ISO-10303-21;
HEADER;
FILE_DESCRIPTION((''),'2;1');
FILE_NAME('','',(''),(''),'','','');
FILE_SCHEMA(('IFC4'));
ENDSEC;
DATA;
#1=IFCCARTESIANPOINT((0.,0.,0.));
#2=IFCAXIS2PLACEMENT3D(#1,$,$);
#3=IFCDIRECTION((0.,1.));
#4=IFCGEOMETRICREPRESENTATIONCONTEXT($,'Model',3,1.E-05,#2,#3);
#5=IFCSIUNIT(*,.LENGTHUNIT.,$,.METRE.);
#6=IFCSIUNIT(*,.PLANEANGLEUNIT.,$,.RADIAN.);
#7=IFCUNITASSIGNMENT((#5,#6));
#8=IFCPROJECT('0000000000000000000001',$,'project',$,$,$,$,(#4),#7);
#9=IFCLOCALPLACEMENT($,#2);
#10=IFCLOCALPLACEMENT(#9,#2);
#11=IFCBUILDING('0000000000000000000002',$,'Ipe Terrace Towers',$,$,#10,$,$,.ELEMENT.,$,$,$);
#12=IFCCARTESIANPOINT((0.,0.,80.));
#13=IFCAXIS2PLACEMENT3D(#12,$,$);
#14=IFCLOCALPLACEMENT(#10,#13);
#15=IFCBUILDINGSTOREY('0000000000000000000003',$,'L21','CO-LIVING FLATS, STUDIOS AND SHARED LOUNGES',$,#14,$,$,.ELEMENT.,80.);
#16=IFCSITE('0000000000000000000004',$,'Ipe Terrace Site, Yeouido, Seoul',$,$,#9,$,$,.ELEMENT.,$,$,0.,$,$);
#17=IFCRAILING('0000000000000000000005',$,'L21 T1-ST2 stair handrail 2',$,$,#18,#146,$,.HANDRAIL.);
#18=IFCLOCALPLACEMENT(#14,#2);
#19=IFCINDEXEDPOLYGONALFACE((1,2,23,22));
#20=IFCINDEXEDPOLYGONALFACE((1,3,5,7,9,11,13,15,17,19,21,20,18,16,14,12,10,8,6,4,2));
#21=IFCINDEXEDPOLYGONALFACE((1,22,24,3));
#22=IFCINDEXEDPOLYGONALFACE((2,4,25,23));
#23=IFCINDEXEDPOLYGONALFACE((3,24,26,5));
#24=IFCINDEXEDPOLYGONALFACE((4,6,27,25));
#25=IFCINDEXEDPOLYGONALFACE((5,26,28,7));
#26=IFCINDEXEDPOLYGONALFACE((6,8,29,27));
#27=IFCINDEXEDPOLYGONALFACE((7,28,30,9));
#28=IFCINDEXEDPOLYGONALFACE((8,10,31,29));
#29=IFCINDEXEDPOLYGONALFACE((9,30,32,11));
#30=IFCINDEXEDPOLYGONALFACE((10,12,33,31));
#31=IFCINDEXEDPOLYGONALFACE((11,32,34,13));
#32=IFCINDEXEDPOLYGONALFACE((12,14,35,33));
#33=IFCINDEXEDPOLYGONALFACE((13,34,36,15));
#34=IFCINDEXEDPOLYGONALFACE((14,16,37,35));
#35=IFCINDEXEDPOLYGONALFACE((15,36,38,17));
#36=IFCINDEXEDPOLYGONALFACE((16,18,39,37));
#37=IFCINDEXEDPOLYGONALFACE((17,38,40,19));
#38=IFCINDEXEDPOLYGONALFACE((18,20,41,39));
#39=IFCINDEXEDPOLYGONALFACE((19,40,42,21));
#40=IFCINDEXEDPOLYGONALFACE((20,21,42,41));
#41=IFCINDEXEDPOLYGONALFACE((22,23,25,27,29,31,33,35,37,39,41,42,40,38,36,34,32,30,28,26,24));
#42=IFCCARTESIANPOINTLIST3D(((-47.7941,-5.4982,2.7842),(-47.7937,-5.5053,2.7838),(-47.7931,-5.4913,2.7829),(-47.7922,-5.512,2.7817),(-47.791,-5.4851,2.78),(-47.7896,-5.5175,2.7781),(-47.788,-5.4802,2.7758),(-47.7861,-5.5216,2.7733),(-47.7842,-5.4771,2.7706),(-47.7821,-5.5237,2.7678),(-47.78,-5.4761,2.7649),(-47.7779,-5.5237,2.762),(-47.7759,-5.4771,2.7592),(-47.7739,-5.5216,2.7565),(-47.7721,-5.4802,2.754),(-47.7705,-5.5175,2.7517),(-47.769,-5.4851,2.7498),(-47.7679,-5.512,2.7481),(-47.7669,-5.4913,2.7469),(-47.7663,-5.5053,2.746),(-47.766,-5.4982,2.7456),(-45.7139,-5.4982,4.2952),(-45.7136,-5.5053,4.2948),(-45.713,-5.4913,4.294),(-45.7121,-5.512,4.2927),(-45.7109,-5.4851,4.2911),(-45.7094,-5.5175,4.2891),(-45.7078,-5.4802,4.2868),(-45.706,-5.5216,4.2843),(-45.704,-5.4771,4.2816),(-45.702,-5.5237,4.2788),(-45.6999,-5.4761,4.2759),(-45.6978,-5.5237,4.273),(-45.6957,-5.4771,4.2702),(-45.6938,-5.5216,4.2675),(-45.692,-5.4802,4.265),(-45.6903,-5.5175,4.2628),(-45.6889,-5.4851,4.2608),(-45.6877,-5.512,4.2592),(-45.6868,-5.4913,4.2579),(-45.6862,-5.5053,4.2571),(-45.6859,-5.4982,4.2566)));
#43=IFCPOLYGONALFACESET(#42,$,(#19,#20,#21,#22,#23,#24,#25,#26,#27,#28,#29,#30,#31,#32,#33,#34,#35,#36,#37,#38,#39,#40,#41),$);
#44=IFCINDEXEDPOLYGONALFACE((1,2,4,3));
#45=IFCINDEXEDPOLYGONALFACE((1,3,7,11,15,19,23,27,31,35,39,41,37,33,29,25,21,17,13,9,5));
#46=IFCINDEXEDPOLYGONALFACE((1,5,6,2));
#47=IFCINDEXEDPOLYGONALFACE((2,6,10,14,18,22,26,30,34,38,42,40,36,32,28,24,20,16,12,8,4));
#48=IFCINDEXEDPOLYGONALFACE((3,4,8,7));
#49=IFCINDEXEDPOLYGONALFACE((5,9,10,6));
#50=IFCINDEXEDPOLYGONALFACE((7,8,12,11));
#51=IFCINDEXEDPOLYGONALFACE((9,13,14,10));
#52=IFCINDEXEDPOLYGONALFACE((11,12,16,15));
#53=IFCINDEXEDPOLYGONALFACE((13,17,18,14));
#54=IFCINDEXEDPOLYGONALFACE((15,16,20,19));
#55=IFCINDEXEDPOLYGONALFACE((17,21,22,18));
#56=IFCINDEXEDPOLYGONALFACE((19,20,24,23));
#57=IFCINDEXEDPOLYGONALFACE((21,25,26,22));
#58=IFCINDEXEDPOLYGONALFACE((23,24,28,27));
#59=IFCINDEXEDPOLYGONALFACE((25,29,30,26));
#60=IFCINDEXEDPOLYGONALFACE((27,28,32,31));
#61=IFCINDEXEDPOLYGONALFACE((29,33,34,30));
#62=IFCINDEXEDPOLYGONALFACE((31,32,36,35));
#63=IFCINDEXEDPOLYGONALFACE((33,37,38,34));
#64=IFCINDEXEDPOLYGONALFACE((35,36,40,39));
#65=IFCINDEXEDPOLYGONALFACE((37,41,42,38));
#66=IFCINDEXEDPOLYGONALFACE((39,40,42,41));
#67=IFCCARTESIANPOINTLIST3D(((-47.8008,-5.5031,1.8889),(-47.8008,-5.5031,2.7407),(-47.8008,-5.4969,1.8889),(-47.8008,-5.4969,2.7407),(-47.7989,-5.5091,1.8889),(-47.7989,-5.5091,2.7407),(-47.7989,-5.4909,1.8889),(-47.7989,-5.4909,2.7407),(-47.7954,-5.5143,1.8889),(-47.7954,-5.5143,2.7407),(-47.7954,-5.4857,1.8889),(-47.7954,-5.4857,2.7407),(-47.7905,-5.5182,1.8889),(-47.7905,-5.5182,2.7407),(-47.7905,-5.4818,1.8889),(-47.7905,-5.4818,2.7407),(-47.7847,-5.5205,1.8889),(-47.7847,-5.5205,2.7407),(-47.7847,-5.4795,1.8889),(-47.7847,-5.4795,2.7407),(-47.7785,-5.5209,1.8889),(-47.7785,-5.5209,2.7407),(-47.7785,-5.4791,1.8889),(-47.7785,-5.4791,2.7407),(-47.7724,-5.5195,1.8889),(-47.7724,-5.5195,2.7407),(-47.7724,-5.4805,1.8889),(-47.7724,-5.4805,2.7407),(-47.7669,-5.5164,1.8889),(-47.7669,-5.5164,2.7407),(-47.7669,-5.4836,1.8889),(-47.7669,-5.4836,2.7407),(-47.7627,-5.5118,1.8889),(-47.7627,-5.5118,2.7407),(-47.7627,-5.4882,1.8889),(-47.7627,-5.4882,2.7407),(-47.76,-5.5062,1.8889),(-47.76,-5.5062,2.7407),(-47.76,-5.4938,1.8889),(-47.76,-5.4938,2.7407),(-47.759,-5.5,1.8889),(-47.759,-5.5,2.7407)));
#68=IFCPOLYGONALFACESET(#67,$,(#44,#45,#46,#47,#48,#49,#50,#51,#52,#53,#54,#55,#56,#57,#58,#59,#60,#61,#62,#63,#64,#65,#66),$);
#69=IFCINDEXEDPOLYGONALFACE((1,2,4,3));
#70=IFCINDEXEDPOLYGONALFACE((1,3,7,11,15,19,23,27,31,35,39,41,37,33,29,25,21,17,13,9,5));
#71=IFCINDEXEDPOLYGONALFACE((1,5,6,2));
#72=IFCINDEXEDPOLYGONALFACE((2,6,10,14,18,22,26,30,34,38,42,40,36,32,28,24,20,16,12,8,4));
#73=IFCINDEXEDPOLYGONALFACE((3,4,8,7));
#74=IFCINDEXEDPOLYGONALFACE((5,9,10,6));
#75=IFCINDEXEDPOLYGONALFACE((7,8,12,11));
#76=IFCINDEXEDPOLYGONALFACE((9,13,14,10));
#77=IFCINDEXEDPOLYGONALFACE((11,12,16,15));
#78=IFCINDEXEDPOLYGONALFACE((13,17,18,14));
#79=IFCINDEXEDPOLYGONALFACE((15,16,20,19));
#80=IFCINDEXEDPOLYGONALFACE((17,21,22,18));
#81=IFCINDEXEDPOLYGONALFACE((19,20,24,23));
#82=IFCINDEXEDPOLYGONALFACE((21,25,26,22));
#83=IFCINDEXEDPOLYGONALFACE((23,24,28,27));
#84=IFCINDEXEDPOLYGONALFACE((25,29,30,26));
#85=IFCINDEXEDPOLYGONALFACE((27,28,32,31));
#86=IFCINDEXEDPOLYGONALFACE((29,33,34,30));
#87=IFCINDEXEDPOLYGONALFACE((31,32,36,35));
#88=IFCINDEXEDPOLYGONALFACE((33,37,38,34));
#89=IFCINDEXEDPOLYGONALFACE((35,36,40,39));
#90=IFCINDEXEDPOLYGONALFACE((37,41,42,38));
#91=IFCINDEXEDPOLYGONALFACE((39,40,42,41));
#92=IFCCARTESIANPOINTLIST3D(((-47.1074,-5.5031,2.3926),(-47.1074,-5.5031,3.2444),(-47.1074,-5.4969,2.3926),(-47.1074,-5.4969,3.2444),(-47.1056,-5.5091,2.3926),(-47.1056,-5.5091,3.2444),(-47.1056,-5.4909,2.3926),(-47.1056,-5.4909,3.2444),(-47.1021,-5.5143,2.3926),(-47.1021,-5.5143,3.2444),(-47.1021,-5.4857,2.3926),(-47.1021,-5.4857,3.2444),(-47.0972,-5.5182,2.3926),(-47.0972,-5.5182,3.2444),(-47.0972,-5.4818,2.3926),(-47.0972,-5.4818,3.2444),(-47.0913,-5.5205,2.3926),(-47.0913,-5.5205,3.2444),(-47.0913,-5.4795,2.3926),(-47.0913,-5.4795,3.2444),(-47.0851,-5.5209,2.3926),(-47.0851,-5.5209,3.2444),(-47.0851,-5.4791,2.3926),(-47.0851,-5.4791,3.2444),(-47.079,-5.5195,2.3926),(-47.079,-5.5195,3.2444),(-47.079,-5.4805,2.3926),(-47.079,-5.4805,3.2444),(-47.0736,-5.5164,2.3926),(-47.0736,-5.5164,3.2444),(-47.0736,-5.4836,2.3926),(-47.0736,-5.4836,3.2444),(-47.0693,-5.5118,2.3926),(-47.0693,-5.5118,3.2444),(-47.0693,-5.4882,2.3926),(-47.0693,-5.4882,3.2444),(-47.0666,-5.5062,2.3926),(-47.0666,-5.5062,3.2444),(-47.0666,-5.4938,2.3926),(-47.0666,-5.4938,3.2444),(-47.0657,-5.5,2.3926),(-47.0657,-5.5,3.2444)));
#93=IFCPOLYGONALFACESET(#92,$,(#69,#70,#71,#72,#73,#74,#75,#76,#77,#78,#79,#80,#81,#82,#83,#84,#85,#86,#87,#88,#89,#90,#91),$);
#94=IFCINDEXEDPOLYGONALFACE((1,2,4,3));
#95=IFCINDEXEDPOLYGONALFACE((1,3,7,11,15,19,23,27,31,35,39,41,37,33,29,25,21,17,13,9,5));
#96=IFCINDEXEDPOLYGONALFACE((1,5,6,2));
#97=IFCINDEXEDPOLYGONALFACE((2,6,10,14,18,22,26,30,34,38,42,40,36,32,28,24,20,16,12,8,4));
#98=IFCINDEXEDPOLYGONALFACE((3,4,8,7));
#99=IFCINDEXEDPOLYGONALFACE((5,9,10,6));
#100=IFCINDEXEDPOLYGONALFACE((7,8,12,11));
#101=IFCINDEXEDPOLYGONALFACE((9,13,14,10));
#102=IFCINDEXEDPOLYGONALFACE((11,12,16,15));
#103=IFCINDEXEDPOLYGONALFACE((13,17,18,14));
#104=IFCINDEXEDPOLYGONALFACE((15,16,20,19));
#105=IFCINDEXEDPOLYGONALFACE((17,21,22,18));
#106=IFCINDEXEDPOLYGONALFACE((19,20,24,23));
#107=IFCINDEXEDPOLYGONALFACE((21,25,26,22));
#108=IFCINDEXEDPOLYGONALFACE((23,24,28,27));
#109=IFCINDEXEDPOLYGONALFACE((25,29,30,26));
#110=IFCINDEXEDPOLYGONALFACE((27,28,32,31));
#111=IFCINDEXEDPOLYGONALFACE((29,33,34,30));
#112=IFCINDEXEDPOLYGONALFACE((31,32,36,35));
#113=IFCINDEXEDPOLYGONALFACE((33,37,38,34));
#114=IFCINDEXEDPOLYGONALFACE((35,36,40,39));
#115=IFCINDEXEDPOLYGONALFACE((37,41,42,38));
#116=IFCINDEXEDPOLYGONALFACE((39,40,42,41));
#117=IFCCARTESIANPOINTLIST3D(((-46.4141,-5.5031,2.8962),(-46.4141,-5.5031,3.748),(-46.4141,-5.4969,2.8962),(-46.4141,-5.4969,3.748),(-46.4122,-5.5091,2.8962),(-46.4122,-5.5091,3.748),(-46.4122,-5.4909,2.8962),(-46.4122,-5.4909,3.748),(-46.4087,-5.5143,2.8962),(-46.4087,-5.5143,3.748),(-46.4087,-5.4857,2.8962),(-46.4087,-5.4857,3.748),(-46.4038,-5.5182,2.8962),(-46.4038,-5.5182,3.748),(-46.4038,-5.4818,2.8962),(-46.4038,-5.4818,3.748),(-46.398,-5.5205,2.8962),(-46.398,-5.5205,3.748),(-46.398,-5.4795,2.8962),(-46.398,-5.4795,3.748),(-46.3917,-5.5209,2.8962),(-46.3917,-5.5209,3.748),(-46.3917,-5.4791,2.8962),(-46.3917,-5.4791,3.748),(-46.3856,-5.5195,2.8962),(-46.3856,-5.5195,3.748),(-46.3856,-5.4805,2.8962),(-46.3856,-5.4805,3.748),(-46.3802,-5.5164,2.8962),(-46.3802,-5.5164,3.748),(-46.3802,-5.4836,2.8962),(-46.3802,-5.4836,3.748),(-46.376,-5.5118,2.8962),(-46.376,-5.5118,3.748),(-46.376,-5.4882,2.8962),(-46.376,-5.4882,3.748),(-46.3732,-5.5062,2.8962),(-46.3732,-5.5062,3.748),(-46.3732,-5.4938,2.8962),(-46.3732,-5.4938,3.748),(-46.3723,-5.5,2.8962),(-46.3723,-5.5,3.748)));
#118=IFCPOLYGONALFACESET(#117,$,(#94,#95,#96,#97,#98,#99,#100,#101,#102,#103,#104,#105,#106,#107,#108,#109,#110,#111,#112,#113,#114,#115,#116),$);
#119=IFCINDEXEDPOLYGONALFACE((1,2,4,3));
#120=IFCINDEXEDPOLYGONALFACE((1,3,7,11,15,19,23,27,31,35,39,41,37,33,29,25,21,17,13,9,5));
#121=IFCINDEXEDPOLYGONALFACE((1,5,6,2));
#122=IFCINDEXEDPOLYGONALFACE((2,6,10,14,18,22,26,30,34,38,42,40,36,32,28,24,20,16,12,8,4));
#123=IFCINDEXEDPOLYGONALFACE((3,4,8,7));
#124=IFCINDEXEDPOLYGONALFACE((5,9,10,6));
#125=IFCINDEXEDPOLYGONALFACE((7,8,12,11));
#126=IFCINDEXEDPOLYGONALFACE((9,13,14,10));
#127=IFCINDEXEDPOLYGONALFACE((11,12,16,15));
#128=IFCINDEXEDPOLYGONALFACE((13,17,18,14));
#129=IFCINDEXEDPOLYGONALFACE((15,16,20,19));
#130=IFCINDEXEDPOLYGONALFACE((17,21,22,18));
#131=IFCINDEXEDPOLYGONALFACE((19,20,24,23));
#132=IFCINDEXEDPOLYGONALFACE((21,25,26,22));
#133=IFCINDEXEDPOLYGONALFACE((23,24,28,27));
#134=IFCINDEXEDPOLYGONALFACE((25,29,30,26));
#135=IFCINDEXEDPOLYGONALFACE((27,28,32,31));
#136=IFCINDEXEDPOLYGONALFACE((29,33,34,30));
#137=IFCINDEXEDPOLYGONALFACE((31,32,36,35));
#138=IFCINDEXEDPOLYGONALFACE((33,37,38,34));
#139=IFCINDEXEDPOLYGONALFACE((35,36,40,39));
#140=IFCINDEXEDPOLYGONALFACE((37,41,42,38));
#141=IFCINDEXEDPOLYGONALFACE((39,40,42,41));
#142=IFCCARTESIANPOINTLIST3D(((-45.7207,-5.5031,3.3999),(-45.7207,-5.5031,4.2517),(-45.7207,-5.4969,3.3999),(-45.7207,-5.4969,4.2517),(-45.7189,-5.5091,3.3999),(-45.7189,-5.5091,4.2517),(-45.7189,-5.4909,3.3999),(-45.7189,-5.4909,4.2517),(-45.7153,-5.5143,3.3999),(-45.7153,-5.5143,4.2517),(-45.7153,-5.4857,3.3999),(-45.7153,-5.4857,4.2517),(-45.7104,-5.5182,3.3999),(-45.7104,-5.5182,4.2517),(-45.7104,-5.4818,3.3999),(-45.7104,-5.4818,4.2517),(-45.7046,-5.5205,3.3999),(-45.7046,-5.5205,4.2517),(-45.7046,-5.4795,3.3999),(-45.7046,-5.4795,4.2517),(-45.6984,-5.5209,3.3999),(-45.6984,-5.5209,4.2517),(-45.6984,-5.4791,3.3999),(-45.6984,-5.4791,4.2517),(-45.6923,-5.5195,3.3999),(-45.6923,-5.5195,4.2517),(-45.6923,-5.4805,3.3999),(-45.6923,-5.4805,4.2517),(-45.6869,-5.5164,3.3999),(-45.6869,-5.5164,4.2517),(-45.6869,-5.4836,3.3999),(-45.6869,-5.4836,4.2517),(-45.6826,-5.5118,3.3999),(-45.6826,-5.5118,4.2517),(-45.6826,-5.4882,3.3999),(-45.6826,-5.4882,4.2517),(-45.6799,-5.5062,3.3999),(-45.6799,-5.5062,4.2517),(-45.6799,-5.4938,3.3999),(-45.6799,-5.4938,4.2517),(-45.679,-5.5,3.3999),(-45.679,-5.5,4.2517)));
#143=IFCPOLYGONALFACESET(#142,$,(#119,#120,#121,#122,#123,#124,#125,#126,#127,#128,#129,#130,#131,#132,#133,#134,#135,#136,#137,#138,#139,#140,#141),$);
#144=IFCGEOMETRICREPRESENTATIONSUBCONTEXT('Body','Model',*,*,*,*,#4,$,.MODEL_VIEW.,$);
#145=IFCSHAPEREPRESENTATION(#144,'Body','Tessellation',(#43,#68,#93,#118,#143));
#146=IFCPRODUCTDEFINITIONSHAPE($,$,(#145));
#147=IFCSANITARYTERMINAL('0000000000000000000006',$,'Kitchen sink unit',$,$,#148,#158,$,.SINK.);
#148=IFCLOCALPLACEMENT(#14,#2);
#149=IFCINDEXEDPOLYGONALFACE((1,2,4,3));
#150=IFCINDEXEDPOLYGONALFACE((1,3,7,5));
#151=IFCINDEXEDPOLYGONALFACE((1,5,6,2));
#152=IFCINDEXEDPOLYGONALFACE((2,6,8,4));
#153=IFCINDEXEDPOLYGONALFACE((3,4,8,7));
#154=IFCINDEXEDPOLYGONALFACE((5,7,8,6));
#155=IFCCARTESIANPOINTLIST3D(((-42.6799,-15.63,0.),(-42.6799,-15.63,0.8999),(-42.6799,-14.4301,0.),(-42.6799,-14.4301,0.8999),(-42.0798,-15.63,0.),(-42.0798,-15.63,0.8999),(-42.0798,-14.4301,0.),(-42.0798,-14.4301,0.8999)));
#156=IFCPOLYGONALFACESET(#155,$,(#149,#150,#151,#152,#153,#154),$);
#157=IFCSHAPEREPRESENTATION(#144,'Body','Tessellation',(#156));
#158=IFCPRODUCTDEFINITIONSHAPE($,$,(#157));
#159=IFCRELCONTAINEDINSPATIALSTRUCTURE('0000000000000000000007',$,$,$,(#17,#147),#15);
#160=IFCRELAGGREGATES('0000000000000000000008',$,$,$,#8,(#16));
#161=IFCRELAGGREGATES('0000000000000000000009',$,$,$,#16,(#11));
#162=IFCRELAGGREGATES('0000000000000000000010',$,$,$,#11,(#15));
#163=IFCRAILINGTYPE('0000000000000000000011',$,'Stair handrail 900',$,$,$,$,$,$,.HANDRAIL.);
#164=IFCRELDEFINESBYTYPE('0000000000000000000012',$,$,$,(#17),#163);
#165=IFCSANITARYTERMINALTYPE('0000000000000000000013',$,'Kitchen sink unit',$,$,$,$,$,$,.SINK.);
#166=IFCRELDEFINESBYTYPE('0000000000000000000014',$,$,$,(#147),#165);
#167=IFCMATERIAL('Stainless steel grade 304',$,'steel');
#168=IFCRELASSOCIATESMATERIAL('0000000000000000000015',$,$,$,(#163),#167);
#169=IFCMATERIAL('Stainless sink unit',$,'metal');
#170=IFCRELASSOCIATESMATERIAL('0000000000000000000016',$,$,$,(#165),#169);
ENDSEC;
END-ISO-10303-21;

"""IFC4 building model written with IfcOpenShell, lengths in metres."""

from ifc_helpers import new_model, si_unit, direction, frame, origin, origin_2d, place, context, subcontext, project, spatial, rectangle, circle, extrude, material, type_object, element, save


model = new_model("IFC4")

# Units and contexts
model_context = context("Model", 3, precision=1e-05, world=origin(), true_north=direction((0.0, 1.0)))
body_context = subcontext(model_context, "Body", "Model", "MODEL_VIEW")
ifc_project = project(units=[si_unit("LENGTHUNIT", "METRE"), si_unit("PLANEANGLEUNIT", "RADIAN")], contexts=[model_context])

# Site, building, storey
site_placement = place(None, origin())
site = spatial("IfcSite", under=ifc_project, at=site_placement, Name="Ipe Terrace Site, Yeouido, Seoul", CompositionType="ELEMENT", RefElevation=0.0)
building_placement = place(site_placement, origin())
building = spatial("IfcBuilding", under=site, at=building_placement, Name="Ipe Terrace Towers", CompositionType="ELEMENT")
storey_placement = place(building_placement, frame((0.0, 0.0, 80.0)))
storey = spatial("IfcBuildingStorey", under=building, at=storey_placement, Name="L21", Description="CO-LIVING FLATS, STUDIOS AND SHARED LOUNGES", CompositionType="ELEMENT", Elevation=80.0)

# Railing
ifc_material_1 = material(Name="Stainless steel grade 304", Category="steel")
railing_type_1 = type_object("IfcRailingType", Name="Stair handrail 900", PredefinedType="HANDRAIL", material=ifc_material_1)
railing_1_placement = place(storey_placement, frame((-47.78, -5.5, 1.8889)))
element("IfcRailing", 1, at=railing_1_placement, inside=storey, type_object=railing_type_1, Name="L21 T1-ST2 stair handrail 2", PredefinedType="HANDRAIL", context=body_context, shape_type="SweptSolid", body=[
    extrude(circle(Radius=0.0239, at=origin_2d()), frame((0.0, 0.0, 0.876), z_axis=(0.809069, 0.0, 0.587714), x_axis=(0.0, 1.0, 0.0)), (0.0, 0.0, 1.0), 2.571),
    extrude(circle(Radius=0.021, at=origin_2d()), origin(), (0.0, 0.0, 1.0), 0.8518),
    extrude(circle(Radius=0.021, at=origin_2d()), frame((0.6934, 0.0, 0.5037)), (0.0, 0.0, 1.0), 0.8518),
    extrude(circle(Radius=0.021, at=origin_2d()), frame((1.3867, 0.0, 1.0073)), (0.0, 0.0, 1.0), 0.8518),
    extrude(circle(Radius=0.021, at=origin_2d()), frame((2.0801, 0.0, 1.511)), (0.0, 0.0, 1.0), 0.8518),
])

# Sanitary terminal
ifc_material_2 = material(Name="Stainless sink unit", Category="metal")
sanitary_terminal_type = type_object("IfcSanitaryTerminalType", Name="Kitchen sink unit", PredefinedType="SINK", material=ifc_material_2)
sanitary_terminal_placement = place(storey_placement, frame((-42.3799, -15.03, 0.0), z_axis=(0.0, 0.0, 1.0), x_axis=(0.0, 1.0, 0.0)))
element("IfcSanitaryTerminal", 2, at=sanitary_terminal_placement, inside=storey, type_object=sanitary_terminal_type, Name="Kitchen sink unit", PredefinedType="SINK", context=body_context, shape_type="SweptSolid", body=[
    extrude(rectangle(XDim=1.2, YDim=0.6001, at=origin_2d()), origin(), (0.0, 0.0, 1.0), 0.8999),
])

save(model, "model.ifc")
